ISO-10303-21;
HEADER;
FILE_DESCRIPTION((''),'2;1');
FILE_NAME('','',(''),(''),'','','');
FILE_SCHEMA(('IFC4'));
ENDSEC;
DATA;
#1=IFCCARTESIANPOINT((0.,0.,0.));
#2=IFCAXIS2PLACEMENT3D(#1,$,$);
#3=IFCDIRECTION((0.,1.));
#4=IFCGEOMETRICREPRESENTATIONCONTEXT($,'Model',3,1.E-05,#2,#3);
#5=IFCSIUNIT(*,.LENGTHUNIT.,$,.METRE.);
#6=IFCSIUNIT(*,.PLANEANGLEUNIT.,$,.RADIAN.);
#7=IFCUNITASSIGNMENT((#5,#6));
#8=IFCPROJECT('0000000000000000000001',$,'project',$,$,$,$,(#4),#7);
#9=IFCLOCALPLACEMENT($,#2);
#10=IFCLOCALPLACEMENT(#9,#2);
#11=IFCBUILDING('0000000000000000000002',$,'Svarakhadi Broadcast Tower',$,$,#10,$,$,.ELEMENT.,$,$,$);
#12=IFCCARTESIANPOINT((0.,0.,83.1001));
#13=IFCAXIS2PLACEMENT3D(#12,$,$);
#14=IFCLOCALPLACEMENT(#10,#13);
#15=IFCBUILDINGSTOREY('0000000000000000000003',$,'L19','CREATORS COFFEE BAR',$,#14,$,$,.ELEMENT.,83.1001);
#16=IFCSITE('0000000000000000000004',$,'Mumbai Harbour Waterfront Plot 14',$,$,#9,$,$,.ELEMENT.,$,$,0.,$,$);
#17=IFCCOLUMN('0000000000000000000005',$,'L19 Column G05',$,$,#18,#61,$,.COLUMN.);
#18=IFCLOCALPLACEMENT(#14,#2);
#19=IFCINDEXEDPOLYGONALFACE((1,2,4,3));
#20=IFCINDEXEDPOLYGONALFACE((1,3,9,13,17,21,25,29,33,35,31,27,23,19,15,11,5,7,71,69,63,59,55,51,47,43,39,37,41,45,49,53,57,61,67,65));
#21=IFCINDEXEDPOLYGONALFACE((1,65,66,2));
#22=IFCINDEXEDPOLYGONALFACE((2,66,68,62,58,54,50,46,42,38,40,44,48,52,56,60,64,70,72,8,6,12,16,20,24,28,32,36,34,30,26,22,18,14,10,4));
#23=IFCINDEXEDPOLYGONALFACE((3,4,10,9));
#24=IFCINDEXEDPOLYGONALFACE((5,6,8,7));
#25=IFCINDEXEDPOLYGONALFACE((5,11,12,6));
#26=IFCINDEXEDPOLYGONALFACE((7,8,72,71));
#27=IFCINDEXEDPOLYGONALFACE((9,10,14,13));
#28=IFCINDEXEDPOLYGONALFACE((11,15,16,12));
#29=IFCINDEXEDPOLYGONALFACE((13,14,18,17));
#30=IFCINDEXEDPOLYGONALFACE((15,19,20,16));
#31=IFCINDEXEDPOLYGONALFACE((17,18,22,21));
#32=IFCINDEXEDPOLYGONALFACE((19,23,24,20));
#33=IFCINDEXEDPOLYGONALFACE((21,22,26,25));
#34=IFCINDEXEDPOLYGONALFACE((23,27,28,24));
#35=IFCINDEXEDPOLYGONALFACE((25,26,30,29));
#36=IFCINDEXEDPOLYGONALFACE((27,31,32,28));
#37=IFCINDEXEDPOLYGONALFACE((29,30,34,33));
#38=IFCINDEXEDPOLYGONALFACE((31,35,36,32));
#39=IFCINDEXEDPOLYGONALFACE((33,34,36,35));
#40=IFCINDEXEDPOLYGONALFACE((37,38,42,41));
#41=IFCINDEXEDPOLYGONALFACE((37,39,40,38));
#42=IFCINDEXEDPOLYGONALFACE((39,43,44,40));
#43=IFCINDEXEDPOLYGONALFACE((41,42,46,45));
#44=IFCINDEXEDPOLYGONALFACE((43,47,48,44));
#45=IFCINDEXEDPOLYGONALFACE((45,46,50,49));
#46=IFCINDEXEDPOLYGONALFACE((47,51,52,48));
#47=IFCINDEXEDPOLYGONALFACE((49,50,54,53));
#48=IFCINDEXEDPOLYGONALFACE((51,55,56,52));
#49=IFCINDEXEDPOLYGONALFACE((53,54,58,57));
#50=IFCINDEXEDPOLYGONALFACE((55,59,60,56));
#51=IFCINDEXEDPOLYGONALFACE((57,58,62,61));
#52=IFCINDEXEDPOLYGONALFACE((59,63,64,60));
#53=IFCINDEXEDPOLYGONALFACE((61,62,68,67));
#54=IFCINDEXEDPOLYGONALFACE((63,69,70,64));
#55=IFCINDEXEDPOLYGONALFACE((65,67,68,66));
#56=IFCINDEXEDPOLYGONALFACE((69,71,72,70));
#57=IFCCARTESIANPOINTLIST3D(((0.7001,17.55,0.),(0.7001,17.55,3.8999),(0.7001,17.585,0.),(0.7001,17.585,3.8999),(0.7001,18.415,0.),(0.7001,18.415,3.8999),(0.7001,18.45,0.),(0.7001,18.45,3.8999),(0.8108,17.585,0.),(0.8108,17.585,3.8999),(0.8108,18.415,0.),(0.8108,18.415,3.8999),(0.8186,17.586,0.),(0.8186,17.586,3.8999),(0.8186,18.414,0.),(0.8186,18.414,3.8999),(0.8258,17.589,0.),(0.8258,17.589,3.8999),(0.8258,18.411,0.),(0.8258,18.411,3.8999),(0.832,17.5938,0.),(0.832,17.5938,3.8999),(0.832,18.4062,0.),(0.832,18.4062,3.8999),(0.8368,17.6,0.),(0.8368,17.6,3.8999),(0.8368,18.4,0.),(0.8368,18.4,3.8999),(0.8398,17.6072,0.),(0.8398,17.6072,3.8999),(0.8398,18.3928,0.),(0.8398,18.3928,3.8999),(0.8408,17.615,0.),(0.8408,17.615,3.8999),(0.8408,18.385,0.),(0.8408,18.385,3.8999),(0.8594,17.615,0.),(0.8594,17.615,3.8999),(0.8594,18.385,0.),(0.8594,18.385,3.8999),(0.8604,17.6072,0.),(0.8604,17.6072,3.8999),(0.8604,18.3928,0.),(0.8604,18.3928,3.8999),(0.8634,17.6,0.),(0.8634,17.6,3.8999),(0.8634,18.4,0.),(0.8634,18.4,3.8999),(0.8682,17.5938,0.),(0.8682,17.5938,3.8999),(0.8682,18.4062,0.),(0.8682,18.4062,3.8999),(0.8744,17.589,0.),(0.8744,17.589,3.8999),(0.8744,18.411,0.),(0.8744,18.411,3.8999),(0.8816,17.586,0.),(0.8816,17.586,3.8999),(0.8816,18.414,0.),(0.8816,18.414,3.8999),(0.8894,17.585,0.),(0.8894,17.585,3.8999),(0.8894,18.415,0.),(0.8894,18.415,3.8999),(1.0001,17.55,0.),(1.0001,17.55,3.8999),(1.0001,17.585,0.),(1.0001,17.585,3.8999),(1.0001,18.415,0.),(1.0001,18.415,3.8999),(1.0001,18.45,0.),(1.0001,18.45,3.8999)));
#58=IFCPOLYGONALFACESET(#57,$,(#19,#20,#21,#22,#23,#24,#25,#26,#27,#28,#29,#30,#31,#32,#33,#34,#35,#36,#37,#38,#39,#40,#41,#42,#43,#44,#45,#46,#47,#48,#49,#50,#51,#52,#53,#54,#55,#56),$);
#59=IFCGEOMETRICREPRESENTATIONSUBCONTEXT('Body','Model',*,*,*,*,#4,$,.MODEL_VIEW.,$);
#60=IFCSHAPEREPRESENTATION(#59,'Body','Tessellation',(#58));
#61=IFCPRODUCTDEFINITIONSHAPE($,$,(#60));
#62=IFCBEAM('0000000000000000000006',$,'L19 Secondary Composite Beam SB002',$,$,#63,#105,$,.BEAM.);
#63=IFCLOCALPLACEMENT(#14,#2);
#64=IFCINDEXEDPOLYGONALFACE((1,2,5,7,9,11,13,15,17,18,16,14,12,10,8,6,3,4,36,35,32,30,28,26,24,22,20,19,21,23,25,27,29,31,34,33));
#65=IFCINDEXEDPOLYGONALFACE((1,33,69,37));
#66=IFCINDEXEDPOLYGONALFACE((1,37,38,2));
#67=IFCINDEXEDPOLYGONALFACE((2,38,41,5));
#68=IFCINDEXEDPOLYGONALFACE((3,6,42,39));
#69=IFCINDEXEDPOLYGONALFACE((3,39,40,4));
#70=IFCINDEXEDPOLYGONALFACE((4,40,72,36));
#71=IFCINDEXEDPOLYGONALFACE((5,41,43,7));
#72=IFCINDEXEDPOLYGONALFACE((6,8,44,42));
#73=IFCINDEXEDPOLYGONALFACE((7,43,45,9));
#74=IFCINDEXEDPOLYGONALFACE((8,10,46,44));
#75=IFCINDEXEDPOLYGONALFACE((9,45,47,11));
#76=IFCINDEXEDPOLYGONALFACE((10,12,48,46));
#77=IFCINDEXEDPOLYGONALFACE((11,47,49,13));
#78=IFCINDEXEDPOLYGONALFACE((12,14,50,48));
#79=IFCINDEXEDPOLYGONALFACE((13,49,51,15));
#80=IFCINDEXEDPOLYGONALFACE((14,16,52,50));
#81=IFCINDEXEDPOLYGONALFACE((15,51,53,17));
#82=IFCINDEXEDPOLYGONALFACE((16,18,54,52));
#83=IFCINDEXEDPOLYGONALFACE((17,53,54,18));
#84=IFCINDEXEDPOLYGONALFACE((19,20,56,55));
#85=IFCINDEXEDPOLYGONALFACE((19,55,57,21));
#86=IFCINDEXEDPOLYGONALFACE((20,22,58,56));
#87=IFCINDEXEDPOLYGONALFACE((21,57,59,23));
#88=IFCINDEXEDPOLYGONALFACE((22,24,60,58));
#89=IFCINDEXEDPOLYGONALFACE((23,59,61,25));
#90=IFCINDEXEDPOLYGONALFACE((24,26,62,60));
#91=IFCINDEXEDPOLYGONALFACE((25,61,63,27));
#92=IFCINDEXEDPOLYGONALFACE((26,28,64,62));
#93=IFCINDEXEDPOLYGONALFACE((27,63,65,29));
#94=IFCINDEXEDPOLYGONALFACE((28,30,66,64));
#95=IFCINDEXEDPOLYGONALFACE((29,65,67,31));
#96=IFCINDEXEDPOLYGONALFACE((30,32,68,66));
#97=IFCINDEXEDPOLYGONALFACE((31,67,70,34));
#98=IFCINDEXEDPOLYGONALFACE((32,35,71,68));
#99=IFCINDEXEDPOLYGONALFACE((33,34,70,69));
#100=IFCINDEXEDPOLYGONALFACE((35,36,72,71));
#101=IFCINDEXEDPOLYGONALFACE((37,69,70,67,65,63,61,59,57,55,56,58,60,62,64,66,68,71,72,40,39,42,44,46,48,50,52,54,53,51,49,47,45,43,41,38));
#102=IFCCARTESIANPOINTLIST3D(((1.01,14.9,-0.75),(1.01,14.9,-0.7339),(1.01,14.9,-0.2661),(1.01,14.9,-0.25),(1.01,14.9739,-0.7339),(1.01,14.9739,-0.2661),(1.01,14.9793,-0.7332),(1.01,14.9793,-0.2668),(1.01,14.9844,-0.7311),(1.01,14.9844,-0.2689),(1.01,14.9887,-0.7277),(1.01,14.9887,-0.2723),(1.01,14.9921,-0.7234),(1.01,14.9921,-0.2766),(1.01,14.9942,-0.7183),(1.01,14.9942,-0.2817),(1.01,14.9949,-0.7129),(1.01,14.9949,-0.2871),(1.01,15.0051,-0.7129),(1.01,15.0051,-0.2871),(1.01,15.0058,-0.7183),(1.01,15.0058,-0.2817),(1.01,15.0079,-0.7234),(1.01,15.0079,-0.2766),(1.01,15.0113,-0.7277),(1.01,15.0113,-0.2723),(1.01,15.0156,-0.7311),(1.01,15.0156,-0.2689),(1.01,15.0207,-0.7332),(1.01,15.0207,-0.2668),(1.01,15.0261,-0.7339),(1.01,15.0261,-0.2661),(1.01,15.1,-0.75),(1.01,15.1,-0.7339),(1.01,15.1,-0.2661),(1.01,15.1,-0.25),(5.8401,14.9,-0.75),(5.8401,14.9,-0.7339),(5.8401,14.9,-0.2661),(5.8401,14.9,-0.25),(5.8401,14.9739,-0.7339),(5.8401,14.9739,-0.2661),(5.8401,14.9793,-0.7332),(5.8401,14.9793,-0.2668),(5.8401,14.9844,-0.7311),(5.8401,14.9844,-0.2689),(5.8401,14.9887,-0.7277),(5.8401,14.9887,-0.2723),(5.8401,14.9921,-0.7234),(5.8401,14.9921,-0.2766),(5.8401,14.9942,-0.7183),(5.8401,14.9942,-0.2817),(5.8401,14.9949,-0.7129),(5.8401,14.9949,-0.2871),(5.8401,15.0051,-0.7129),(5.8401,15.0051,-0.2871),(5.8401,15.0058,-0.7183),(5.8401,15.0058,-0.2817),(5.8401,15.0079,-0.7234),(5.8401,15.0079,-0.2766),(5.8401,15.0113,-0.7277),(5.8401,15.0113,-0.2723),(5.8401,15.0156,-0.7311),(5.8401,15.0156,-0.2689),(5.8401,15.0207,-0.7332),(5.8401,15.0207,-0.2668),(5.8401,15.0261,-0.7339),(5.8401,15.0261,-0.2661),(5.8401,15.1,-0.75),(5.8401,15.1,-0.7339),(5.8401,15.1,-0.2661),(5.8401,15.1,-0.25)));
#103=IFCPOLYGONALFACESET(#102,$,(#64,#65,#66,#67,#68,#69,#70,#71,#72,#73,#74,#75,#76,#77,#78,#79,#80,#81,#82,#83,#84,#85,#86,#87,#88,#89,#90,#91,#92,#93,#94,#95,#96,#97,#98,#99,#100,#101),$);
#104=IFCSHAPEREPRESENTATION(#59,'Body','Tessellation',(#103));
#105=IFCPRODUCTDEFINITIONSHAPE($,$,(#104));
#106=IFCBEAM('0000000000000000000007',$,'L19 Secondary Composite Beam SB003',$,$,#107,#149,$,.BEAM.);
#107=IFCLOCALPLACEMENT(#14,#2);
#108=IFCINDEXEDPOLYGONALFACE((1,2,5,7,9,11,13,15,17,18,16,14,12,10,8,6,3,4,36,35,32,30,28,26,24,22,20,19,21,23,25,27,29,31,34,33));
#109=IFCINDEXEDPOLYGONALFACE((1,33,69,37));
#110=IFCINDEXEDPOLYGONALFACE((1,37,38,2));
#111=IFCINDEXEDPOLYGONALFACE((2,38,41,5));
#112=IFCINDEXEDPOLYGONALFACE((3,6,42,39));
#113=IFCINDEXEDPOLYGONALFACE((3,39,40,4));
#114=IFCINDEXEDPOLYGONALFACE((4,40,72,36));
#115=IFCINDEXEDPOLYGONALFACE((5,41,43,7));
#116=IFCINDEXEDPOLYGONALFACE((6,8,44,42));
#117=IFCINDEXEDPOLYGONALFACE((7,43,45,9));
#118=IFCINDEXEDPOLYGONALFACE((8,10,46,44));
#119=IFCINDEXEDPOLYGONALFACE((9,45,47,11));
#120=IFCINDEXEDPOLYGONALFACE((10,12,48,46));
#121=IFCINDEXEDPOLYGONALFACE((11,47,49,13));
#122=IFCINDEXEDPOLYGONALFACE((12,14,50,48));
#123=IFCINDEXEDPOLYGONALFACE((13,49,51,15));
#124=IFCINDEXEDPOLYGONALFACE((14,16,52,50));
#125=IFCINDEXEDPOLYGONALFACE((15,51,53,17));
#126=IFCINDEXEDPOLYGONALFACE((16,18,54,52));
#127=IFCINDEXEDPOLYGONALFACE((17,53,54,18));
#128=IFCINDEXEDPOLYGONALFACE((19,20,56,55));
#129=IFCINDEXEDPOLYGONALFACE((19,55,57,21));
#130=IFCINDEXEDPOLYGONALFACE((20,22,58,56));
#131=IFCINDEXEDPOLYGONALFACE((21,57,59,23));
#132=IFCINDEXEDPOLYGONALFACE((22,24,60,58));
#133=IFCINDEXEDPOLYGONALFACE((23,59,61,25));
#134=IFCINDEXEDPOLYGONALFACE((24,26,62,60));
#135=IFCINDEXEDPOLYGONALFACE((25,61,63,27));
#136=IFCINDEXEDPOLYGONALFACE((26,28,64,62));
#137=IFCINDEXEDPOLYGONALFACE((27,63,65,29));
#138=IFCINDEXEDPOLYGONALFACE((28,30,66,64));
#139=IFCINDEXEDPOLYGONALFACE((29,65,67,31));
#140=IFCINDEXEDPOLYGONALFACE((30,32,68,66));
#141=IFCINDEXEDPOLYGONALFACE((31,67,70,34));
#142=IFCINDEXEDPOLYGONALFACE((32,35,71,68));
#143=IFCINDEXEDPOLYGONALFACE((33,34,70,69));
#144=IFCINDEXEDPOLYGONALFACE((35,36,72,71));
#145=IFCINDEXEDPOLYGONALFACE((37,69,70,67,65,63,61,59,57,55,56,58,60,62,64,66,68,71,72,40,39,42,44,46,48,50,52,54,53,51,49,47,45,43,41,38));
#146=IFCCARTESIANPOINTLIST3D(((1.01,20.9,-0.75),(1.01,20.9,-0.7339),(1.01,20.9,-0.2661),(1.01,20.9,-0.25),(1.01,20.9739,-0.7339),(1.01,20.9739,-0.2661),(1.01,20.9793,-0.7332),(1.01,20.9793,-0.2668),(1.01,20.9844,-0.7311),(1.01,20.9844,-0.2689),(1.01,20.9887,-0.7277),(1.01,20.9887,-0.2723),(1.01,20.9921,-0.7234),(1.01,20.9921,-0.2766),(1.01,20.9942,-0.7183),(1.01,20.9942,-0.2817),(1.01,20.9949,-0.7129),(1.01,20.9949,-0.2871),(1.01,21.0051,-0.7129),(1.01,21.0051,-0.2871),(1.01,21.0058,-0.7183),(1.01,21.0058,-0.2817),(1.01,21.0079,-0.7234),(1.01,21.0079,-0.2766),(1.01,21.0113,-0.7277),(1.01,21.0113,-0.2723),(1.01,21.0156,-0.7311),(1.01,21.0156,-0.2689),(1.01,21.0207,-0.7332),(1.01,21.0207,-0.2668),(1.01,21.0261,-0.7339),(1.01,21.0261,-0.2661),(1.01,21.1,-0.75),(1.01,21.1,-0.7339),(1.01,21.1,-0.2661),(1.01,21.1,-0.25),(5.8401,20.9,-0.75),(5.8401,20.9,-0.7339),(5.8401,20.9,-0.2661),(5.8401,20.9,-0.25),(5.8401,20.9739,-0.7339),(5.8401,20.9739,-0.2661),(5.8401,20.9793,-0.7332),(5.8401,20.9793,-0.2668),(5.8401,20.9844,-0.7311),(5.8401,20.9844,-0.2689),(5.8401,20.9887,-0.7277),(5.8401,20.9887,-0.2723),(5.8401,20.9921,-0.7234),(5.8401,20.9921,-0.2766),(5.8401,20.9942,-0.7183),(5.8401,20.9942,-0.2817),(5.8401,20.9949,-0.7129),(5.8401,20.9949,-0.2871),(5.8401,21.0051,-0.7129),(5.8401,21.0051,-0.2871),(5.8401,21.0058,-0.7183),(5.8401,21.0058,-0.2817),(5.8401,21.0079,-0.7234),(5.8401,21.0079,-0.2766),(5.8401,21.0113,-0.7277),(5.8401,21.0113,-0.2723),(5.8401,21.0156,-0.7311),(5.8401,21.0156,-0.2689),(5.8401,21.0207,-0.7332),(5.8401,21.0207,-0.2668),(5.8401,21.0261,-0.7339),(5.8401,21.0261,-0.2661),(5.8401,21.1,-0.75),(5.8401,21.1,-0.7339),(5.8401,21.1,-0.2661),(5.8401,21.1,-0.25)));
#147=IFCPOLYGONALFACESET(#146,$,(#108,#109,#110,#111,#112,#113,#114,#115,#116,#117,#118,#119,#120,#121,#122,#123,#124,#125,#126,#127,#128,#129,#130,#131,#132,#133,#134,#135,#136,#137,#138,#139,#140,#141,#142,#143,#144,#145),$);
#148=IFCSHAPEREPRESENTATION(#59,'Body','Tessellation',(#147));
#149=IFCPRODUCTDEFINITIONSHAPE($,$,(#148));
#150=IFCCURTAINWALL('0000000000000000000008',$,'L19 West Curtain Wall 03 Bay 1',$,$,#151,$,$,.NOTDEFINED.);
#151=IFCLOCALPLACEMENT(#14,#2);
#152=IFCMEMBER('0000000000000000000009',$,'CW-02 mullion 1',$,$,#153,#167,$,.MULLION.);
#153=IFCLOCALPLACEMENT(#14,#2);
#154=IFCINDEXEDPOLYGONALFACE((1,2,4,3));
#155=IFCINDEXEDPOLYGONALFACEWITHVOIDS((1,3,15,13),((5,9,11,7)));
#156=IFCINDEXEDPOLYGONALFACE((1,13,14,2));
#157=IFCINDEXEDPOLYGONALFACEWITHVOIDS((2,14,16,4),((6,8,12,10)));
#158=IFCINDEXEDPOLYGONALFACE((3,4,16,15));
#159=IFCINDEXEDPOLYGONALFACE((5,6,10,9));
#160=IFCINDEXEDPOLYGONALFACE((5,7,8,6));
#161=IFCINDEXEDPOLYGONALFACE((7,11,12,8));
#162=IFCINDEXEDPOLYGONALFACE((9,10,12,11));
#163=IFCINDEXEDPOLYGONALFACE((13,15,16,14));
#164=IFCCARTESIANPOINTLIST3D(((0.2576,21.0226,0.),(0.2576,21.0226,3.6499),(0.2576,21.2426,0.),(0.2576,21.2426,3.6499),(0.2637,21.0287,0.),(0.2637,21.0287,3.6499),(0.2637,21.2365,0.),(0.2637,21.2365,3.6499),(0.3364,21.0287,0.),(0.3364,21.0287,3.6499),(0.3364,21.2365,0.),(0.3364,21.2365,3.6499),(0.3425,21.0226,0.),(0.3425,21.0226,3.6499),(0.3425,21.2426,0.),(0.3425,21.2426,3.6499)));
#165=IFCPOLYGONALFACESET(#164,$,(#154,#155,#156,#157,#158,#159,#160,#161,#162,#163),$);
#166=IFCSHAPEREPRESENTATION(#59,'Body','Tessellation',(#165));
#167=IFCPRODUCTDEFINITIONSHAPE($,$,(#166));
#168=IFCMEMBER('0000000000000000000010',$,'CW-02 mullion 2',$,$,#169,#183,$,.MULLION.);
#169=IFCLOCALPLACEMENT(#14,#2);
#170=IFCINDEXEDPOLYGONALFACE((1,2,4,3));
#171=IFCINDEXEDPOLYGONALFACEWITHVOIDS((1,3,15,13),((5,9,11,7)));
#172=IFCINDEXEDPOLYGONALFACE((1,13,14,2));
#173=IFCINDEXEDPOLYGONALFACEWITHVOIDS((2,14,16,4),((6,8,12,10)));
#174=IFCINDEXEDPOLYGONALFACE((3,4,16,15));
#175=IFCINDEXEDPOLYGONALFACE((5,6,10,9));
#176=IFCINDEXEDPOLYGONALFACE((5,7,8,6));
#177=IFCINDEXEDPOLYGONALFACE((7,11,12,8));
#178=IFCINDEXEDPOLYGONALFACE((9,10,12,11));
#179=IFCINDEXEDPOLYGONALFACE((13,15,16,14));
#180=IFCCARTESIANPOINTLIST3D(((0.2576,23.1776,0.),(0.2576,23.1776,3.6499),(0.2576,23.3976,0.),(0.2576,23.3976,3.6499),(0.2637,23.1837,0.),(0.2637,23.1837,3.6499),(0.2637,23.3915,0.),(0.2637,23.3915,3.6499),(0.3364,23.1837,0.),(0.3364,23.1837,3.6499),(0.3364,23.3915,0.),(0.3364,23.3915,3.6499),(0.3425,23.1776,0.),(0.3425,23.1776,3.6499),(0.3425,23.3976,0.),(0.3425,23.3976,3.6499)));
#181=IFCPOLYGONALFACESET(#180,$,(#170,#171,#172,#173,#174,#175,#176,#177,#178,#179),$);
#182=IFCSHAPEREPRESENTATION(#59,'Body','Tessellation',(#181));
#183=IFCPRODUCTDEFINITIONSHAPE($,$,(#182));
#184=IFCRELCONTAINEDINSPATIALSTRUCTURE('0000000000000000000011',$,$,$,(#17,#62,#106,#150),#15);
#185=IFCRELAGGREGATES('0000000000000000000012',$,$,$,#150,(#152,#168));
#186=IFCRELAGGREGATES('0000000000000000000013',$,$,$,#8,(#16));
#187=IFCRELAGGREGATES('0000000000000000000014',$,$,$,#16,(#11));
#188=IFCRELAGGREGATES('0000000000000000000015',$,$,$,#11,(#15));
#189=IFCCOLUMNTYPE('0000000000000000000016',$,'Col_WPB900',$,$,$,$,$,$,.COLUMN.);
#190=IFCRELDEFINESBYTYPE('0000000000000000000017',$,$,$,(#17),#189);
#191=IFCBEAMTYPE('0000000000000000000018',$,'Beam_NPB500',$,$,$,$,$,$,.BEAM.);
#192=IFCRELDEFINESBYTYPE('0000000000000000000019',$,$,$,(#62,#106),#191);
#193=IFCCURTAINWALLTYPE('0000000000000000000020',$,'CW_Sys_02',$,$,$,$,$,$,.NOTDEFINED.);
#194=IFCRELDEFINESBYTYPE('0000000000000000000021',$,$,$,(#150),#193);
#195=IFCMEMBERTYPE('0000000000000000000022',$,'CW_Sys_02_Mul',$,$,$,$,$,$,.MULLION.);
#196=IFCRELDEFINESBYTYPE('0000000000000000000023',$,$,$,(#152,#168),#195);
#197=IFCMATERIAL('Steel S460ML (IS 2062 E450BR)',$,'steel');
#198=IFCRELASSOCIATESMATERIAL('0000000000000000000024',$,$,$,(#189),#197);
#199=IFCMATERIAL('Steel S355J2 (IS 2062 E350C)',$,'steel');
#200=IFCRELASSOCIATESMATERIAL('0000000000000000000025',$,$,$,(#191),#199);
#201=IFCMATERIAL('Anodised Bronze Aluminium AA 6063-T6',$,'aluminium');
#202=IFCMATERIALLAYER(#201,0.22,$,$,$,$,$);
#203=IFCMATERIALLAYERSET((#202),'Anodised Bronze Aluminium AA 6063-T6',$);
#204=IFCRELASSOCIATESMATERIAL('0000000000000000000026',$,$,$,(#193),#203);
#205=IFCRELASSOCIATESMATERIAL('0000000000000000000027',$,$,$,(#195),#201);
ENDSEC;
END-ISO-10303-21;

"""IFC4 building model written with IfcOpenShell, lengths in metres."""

from ifc_helpers import new_model, si_unit, direction, frame, origin, origin_2d, place, context, subcontext, project, spatial, hollow_rectangle, i_section, extrude, material, layer, layer_set, material_profile, profile_set, type_object, element, aggregate, save


model = new_model("IFC4")

# Units and contexts
model_context = context("Model", 3, precision=1e-05, world=origin(), true_north=direction((0.0, 1.0)))
body_context = subcontext(model_context, "Body", "Model", "MODEL_VIEW")
ifc_project = project(units=[si_unit("LENGTHUNIT", "METRE"), si_unit("PLANEANGLEUNIT", "RADIAN")], contexts=[model_context])

# Site, building, storey
site_placement = place(None, origin())
site = spatial("IfcSite", under=ifc_project, at=site_placement, Name="Mumbai Harbour Waterfront Plot 14", CompositionType="ELEMENT", RefElevation=0.0)
building_placement = place(site_placement, origin())
building = spatial("IfcBuilding", under=site, at=building_placement, Name="Svarakhadi Broadcast Tower", CompositionType="ELEMENT")
storey_placement = place(building_placement, frame((0.0, 0.0, 83.1001)))
storey = spatial("IfcBuildingStorey", under=building, at=storey_placement, Name="L19", Description="CREATORS COFFEE BAR", CompositionType="ELEMENT", Elevation=83.1001)

# Column
ifc_material_1 = material(Name="Steel S460ML (IS 2062 E450BR)", Category="steel")
ifc_material_profile_1 = material_profile(ifc_material_1, i_section(OverallWidth=0.3, OverallDepth=0.8999, WebThickness=0.0186, FlangeThickness=0.0349, FilletRadius=0.03, at=origin_2d()), Name="WPB 900x300x291")
ifc_profile_set_1 = profile_set([ifc_material_profile_1], Name="Steel S460ML (IS 2062 E450BR)")
column_type = type_object("IfcColumnType", Name="Col_WPB900", PredefinedType="COLUMN", material=ifc_profile_set_1)
column_placement = place(storey_placement, frame((0.8501, 18.0, 0.0), z_axis=(0.0, 0.0, 1.0), x_axis=(1.0, 0.0, 0.0)))
element("IfcColumn", 1, at=column_placement, inside=storey, type_object=column_type, Name="L19 Column G05", PredefinedType="COLUMN", context=body_context, shape_type="SweptSolid", body=[
    extrude(i_section(OverallWidth=0.3, OverallDepth=0.8999, WebThickness=0.0186, FlangeThickness=0.0349, FilletRadius=0.03, at=origin_2d()), origin(), (0.0, 0.0, 1.0), 3.8999),
])

# Beams
ifc_material_2 = material(Name="Steel S355J2 (IS 2062 E350C)", Category="steel")
ifc_material_profile_2 = material_profile(ifc_material_2, i_section(OverallWidth=0.2, OverallDepth=0.5, WebThickness=0.0103, FlangeThickness=0.0161, FilletRadius=0.021, at=origin_2d()), Name="NPB 500x200x91")
ifc_profile_set_2 = profile_set([ifc_material_profile_2], Name="Steel S355J2 (IS 2062 E350C)")
beam_type_1 = type_object("IfcBeamType", Name="Beam_NPB500", PredefinedType="BEAM", material=ifc_profile_set_2)
for number, where, z_axis, x_axis, name in (
    (2, (1.01, 15.0, -0.5), (1.0, 0.0, 0.0), (0.0, 1.0, 0.0), "L19 Secondary Composite Beam SB002"),
    (3, (1.01, 21.0, -0.5), (1.0, 0.0, 0.0), (0.0, 1.0, 0.0), "L19 Secondary Composite Beam SB003"),
):
    element("IfcBeam", number, at=place(storey_placement, frame(where, z_axis=z_axis, x_axis=x_axis)), inside=storey, type_object=beam_type_1, Name=name, PredefinedType="BEAM", context=body_context, shape_type="SweptSolid", body=[
        extrude(i_section(OverallWidth=0.2, OverallDepth=0.5, WebThickness=0.0103, FlangeThickness=0.0161, FilletRadius=0.021, at=origin_2d()), origin(), (0.0, 0.0, 1.0), 4.8301),
    ])

# Curtain wall, members
ifc_material_3 = material(Name="Anodised Bronze Aluminium AA 6063-T6", Category="aluminium")
ifc_layer_1 = layer(ifc_material_3, 0.22)
ifc_layer_set_1 = layer_set([ifc_layer_1], Name="Anodised Bronze Aluminium AA 6063-T6")
curtain_wall_type = type_object("IfcCurtainWallType", Name="CW_Sys_02", PredefinedType="NOTDEFINED", material=ifc_layer_set_1)
curtain_wall_placement = place(storey_placement, origin())
curtain_wall = element("IfcCurtainWall", 4, at=curtain_wall_placement, inside=storey, type_object=curtain_wall_type, Name="L19 West Curtain Wall 03 Bay 1", PredefinedType="NOTDEFINED")
ifc_material_profile_3 = material_profile(ifc_material_3, hollow_rectangle(XDim=0.085, YDim=0.22, WallThickness=0.0061, at=origin_2d()), Name="ALU MULLION 220x85x6")
ifc_profile_set_3 = profile_set([ifc_material_profile_3], Name="Anodised Bronze Aluminium AA 6063-T6")
member_type_1 = type_object("IfcMemberType", Name="CW_Sys_02_Mul", PredefinedType="MULLION", material=ifc_profile_set_3)
member_1_placement = place(storey_placement, frame((0.3, 21.1326, 0.0), z_axis=(0.0, 0.0, 1.0), x_axis=(-1.0, 0.0, 0.0)))
member_1 = element("IfcMember", 5, at=member_1_placement, type_object=member_type_1, Name="CW-02 mullion 1", PredefinedType="MULLION", context=body_context, shape_type="SweptSolid", body=[
    extrude(hollow_rectangle(XDim=0.085, YDim=0.22, WallThickness=0.0061, at=origin_2d()), origin(), (0.0, 0.0, 1.0), 3.6499),
])
member_2_placement = place(storey_placement, frame((0.3, 23.2876, 0.0), z_axis=(0.0, 0.0, 1.0), x_axis=(-1.0, 0.0, 0.0)))
member_2 = element("IfcMember", 6, at=member_2_placement, type_object=member_type_1, Name="CW-02 mullion 2", PredefinedType="MULLION", context=body_context, shape_type="SweptSolid", body=[
    extrude(hollow_rectangle(XDim=0.085, YDim=0.22, WallThickness=0.0061, at=origin_2d()), origin(), (0.0, 0.0, 1.0), 3.6499),
])

aggregate(curtain_wall, [member_1, member_2])

save(model, "model.ifc")
